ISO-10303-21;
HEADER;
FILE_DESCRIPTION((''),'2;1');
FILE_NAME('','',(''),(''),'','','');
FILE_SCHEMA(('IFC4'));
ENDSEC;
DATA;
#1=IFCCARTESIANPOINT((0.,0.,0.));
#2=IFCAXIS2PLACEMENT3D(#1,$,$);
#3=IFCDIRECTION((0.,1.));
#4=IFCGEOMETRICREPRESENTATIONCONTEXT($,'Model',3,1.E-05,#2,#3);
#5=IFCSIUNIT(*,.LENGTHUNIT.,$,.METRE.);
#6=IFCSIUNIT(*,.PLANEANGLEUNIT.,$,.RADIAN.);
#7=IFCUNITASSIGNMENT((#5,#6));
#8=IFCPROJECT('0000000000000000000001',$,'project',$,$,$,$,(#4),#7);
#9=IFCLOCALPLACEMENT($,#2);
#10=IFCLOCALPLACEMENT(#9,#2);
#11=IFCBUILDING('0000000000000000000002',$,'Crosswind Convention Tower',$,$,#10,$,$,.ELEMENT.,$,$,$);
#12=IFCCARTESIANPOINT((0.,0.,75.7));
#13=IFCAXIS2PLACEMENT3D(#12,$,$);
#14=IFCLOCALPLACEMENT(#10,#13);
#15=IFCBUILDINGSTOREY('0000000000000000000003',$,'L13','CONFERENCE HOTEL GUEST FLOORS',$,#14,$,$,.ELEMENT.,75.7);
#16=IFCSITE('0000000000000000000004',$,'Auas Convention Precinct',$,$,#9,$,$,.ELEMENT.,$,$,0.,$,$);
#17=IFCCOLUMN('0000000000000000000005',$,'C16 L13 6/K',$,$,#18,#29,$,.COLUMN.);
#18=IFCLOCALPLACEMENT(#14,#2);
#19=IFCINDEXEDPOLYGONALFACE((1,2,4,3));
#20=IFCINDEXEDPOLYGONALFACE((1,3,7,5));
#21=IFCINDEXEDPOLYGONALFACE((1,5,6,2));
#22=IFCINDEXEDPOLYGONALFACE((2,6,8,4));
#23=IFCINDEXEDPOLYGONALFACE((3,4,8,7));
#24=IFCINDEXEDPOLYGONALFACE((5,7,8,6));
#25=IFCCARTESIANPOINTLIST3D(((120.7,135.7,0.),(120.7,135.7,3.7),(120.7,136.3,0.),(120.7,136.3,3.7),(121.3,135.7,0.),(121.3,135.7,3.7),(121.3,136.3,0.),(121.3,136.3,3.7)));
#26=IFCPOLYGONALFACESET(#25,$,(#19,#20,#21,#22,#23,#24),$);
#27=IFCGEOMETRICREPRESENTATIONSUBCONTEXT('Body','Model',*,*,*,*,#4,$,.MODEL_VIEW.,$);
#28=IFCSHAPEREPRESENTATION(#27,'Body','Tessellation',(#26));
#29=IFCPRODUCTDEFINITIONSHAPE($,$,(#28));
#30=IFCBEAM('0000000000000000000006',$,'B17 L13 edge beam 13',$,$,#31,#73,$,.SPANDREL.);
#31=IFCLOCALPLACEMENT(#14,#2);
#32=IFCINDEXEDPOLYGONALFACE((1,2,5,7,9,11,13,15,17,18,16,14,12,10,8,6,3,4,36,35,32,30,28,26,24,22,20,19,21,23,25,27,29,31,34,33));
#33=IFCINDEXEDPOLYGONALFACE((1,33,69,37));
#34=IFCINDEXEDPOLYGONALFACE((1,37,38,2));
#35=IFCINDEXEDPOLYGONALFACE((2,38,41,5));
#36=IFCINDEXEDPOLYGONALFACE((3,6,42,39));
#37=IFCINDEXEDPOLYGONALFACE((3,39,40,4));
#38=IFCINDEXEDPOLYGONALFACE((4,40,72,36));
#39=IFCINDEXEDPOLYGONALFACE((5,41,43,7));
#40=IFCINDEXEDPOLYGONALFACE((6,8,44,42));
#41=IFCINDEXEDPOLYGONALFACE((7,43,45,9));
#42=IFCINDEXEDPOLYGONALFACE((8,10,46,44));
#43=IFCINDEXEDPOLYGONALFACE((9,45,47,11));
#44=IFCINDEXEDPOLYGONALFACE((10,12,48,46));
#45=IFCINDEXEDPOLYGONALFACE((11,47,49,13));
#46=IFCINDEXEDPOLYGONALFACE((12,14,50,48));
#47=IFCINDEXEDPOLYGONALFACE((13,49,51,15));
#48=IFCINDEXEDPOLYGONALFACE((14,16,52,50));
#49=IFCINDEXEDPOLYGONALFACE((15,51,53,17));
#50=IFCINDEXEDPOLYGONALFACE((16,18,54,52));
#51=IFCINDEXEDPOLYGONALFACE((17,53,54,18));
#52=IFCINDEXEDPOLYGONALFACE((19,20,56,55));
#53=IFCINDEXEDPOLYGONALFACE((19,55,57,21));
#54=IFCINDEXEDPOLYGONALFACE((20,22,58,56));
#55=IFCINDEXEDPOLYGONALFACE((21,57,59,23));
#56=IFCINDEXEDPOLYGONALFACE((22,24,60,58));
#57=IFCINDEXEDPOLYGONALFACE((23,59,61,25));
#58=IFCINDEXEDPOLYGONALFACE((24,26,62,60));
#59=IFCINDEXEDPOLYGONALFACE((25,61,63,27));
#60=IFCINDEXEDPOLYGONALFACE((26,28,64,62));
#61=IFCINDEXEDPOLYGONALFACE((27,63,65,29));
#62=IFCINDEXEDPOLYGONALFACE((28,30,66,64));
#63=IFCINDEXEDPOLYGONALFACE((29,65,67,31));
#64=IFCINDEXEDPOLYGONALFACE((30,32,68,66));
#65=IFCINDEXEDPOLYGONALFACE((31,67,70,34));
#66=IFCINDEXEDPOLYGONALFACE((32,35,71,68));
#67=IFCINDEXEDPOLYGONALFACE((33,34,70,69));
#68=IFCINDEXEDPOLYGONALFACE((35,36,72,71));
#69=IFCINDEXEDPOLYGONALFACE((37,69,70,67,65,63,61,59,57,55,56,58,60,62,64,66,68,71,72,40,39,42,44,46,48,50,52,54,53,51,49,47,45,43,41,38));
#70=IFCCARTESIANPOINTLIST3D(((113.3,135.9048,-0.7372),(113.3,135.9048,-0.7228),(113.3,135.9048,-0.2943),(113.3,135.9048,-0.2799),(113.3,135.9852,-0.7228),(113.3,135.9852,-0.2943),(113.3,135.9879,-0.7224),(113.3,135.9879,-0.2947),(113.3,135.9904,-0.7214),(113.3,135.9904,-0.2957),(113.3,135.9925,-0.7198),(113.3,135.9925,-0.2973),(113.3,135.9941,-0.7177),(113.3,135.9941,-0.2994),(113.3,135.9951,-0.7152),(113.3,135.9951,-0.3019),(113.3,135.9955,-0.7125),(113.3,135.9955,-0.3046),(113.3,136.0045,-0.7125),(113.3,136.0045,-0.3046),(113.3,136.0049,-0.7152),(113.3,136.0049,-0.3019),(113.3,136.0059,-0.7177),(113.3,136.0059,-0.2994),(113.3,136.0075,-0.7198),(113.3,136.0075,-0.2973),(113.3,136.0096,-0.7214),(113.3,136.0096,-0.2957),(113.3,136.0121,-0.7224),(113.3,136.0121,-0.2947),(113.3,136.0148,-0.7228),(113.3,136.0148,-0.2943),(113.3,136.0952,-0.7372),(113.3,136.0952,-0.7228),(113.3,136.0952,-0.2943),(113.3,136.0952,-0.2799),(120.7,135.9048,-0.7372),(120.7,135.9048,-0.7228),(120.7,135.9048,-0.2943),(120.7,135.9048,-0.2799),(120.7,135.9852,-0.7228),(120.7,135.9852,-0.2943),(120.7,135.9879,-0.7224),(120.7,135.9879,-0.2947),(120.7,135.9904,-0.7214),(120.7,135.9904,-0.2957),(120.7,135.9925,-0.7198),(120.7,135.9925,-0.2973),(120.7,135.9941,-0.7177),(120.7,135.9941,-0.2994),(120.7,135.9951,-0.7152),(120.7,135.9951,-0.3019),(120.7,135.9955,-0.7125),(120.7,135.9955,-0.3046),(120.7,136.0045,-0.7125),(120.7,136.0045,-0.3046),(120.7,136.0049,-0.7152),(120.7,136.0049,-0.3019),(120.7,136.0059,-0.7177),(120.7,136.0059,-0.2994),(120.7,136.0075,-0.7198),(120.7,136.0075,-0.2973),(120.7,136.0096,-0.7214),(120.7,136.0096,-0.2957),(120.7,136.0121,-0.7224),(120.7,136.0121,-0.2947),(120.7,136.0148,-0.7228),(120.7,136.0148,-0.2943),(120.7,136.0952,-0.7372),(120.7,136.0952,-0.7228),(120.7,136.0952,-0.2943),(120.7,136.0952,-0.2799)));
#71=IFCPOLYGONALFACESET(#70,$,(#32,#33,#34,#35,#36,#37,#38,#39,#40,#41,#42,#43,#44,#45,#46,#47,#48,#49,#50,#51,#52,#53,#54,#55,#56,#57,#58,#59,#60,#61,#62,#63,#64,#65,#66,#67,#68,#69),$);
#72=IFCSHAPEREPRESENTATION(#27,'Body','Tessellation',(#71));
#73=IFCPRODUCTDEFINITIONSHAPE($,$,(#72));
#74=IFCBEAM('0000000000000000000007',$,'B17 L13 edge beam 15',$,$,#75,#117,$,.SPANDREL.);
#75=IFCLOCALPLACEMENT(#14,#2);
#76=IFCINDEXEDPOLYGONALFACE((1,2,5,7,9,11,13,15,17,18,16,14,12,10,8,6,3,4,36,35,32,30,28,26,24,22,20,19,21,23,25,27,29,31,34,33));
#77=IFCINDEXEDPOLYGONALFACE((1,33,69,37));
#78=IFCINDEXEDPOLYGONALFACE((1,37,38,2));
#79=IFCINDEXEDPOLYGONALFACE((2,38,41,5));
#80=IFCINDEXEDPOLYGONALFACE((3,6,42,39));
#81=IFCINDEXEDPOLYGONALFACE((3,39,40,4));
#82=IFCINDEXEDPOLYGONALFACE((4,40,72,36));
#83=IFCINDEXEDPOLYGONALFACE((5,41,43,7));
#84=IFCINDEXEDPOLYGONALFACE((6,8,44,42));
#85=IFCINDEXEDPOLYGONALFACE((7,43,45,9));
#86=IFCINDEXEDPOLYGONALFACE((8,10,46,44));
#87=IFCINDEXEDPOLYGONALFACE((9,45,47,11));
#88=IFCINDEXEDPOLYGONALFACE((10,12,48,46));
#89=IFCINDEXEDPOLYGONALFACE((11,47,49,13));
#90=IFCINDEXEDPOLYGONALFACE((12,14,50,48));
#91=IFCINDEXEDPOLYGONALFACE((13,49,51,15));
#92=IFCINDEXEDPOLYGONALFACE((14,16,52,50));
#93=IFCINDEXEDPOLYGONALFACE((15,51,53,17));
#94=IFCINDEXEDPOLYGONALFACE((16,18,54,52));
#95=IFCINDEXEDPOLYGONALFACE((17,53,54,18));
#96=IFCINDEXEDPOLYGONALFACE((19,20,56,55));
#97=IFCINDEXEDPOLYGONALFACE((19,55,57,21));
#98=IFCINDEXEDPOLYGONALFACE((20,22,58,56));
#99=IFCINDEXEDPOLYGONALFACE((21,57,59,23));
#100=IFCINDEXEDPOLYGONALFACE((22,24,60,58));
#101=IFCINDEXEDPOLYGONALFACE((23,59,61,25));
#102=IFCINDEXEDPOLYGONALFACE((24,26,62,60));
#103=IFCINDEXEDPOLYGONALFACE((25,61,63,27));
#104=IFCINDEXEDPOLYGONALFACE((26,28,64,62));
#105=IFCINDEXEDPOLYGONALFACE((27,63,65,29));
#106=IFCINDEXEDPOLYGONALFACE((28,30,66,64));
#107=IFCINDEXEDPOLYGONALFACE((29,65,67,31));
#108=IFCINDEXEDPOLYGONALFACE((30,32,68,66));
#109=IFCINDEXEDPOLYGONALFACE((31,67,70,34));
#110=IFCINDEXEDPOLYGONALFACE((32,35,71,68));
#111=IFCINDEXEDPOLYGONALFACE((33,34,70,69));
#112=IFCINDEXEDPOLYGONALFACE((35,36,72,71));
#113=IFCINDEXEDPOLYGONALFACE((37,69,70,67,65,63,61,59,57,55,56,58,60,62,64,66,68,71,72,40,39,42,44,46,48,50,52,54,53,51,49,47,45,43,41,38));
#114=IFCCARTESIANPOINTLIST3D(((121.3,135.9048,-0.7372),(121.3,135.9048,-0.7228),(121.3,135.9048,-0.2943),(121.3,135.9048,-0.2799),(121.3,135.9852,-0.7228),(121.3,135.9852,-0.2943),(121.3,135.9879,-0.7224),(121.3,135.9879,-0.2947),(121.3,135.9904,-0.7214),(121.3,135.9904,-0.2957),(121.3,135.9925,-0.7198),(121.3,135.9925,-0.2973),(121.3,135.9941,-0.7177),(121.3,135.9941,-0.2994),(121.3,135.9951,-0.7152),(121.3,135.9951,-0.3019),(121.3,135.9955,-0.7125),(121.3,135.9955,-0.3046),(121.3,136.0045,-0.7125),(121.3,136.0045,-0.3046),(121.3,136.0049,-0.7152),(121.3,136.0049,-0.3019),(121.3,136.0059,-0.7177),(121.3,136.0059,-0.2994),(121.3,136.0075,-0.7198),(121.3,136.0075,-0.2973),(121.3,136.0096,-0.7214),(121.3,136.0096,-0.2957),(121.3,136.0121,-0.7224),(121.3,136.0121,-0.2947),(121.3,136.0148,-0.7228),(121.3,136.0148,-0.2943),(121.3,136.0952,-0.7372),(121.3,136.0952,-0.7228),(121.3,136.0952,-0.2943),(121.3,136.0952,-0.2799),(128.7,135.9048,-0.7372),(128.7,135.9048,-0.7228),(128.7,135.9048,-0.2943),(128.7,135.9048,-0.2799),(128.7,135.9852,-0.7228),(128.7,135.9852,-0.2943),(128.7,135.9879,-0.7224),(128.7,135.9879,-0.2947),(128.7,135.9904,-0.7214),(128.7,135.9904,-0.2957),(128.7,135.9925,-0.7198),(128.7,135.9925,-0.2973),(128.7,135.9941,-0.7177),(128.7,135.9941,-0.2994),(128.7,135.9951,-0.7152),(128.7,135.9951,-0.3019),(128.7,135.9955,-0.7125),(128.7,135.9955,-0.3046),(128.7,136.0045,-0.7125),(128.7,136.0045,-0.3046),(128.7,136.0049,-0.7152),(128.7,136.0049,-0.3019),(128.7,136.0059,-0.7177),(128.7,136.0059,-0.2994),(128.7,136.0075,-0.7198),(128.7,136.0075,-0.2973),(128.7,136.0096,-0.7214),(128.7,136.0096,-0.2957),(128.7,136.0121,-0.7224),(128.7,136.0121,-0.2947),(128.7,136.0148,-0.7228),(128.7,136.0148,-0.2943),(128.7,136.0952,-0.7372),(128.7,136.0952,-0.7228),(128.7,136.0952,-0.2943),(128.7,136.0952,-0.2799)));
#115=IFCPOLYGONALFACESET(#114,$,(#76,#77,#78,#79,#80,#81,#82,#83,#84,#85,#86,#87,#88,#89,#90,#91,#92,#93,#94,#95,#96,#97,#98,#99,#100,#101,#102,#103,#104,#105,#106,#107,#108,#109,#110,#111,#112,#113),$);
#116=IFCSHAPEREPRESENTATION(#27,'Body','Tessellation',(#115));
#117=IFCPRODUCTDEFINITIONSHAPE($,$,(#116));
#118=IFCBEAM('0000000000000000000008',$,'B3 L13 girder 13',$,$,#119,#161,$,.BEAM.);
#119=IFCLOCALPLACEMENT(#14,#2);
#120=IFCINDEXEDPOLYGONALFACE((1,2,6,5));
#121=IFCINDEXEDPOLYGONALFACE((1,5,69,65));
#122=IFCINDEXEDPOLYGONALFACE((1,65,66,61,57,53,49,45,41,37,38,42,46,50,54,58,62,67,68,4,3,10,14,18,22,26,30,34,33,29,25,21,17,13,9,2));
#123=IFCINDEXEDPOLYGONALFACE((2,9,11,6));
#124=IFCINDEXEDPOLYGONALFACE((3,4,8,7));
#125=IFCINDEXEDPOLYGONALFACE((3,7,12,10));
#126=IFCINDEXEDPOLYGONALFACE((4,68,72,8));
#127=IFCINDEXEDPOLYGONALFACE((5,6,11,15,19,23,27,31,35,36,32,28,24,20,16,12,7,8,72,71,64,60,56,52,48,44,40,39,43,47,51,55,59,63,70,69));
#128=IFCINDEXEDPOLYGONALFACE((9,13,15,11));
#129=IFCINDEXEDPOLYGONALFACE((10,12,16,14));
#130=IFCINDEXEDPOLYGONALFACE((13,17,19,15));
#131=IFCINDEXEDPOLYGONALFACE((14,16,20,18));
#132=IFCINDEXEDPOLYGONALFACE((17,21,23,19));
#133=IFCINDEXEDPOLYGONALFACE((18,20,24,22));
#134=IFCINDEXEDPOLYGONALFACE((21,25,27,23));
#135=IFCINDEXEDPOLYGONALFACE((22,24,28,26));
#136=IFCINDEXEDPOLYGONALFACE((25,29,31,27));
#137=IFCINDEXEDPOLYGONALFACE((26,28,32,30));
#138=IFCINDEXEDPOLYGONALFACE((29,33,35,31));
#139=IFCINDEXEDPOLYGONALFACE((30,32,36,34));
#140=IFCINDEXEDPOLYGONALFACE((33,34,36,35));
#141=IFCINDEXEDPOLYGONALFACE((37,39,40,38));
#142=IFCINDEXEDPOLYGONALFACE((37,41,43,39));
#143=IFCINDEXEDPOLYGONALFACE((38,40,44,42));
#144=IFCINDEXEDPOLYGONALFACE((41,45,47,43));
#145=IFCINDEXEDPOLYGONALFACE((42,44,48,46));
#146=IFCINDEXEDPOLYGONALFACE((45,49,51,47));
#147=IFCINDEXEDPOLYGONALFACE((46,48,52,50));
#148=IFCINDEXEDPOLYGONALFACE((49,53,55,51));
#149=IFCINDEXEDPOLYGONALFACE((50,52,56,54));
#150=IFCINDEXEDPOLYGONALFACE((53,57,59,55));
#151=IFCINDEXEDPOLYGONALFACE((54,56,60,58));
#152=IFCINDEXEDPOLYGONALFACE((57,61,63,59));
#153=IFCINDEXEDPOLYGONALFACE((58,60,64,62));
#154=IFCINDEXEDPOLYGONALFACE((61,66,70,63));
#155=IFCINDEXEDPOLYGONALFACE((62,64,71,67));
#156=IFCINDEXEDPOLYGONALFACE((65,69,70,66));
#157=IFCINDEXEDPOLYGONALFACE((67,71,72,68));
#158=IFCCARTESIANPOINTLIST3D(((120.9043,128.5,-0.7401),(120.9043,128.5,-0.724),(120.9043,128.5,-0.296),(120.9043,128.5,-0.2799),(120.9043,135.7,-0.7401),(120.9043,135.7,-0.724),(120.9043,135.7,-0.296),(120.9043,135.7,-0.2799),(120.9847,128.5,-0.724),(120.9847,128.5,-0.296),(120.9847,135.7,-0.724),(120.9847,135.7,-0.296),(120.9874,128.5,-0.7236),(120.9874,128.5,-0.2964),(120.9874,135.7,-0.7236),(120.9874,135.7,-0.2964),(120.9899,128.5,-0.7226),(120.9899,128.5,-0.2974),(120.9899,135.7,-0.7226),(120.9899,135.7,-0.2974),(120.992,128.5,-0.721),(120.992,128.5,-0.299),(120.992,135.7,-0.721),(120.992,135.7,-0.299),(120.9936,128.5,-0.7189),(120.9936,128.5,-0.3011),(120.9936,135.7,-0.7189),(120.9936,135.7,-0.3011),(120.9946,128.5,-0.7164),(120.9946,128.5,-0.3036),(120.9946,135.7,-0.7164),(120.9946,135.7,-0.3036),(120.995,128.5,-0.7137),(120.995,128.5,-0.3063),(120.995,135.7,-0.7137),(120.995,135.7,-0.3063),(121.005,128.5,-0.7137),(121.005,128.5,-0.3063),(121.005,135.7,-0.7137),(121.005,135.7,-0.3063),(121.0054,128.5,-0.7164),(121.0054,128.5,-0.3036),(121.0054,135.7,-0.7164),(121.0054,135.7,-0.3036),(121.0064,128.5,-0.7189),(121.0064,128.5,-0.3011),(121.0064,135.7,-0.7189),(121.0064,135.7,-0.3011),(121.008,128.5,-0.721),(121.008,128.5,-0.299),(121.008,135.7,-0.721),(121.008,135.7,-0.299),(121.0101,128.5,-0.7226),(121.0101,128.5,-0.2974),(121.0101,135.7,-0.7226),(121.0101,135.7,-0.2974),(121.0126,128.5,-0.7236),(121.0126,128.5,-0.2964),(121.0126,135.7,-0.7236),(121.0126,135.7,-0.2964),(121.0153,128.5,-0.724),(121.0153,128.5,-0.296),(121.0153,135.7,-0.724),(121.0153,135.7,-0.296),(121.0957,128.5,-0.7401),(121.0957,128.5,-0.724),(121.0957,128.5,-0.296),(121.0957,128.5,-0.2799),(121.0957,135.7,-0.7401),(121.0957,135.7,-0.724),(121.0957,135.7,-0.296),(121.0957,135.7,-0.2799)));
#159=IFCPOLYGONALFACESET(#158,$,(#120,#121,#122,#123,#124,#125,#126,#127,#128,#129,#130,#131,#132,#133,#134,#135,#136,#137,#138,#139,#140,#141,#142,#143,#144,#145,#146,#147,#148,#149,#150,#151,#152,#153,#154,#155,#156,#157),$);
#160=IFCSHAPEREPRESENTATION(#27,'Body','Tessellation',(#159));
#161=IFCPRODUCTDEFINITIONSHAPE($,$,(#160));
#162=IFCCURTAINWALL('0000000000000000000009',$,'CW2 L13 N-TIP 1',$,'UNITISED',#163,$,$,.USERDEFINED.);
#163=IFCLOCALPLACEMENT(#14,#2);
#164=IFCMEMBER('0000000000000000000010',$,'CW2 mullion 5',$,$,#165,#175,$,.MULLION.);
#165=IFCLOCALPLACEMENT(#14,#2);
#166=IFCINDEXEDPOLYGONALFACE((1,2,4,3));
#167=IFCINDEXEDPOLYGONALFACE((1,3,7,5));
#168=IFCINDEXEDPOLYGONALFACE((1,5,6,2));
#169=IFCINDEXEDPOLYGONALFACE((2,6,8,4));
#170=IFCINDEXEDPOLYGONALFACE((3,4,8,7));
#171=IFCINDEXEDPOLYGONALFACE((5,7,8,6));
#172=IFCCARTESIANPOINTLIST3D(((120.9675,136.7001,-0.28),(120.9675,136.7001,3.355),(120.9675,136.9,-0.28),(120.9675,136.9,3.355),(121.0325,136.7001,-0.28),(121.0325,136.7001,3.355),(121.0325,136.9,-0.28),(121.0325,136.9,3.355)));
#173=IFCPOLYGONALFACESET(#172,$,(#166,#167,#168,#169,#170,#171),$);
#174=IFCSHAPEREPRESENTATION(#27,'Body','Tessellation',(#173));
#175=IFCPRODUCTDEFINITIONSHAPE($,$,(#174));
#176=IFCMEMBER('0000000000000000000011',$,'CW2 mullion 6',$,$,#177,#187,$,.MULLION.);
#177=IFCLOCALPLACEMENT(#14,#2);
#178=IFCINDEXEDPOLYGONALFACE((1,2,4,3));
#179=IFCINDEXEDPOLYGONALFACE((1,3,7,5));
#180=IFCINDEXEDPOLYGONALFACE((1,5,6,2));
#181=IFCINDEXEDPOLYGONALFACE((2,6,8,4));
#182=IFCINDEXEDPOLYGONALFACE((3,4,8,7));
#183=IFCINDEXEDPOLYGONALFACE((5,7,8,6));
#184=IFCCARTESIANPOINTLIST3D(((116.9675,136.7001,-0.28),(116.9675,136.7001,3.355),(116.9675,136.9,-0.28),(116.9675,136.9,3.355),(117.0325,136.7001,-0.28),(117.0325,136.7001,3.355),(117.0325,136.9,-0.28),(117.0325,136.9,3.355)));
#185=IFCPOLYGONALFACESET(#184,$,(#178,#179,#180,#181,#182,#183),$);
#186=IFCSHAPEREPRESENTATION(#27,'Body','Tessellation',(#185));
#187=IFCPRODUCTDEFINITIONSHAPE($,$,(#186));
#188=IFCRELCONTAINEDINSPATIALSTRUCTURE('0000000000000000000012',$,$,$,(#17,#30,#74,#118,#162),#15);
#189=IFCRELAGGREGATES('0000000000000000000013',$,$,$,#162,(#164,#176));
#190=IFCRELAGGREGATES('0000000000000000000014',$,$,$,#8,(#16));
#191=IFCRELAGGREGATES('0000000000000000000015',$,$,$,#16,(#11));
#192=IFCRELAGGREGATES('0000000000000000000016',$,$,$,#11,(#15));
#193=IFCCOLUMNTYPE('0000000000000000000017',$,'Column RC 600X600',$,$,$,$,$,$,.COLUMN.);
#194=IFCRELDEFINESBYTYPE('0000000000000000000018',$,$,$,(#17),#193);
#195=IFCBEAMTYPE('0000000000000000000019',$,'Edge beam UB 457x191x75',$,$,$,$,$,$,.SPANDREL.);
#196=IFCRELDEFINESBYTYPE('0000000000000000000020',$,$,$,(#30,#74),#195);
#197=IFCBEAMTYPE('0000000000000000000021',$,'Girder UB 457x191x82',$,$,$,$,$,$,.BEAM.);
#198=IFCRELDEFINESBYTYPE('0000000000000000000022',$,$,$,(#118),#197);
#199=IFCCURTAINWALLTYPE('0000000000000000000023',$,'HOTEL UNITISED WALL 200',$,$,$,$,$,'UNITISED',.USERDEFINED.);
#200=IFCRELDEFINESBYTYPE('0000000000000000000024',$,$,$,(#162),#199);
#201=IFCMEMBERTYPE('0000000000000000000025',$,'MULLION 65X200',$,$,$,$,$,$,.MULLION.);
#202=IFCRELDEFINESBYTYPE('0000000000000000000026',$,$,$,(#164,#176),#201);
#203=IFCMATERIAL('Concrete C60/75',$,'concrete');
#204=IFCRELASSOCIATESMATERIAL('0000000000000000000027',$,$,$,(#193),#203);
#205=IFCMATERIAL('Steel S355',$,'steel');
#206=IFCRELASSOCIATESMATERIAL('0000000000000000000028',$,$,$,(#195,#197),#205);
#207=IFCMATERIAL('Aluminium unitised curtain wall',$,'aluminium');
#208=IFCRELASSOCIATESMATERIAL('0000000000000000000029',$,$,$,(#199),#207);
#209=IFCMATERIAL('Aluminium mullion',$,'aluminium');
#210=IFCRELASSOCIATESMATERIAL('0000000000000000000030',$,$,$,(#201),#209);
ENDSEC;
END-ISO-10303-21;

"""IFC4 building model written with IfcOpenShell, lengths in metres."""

from ifc_helpers import new_model, si_unit, direction, frame, origin, origin_2d, place, context, subcontext, project, spatial, rectangle, i_section, extrude, material, material_profile, profile_set, type_object, element, aggregate, save


model = new_model("IFC4")

# Units and contexts
model_context = context("Model", 3, precision=1e-05, world=origin(), true_north=direction((0.0, 1.0)))
body_context = subcontext(model_context, "Body", "Model", "MODEL_VIEW")
ifc_project = project(units=[si_unit("LENGTHUNIT", "METRE"), si_unit("PLANEANGLEUNIT", "RADIAN")], contexts=[model_context])

# Site, building, storey
site_placement = place(None, origin())
site = spatial("IfcSite", under=ifc_project, at=site_placement, Name="Auas Convention Precinct", CompositionType="ELEMENT", RefElevation=0.0)
building_placement = place(site_placement, origin())
building = spatial("IfcBuilding", under=site, at=building_placement, Name="Crosswind Convention Tower", CompositionType="ELEMENT")
storey_placement = place(building_placement, frame((0.0, 0.0, 75.7)))
storey = spatial("IfcBuildingStorey", under=building, at=storey_placement, Name="L13", Description="CONFERENCE HOTEL GUEST FLOORS", CompositionType="ELEMENT", Elevation=75.7)

# Column
ifc_material_1 = material(Name="Concrete C60/75", Category="concrete")
ifc_material_profile_1 = material_profile(ifc_material_1, rectangle(XDim=0.6001, YDim=0.6001, at=origin_2d()), Name="RC 600X600")
ifc_profile_set_1 = profile_set([ifc_material_profile_1], Name="Concrete C60/75")
column_type = type_object("IfcColumnType", Name="Column RC 600X600", PredefinedType="COLUMN", material=ifc_profile_set_1)
column_placement = place(storey_placement, frame((121.0, 136.0, 0.0), z_axis=(0.0, 0.0, 1.0), x_axis=(1.0, 0.0, 0.0)))
element("IfcColumn", 1, at=column_placement, inside=storey, type_object=column_type, Name="C16 L13 6/K", PredefinedType="COLUMN", context=body_context, shape_type="SweptSolid", body=[
    extrude(rectangle(XDim=0.6001, YDim=0.6001, at=origin_2d()), origin(), (0.0, 0.0, 1.0), 3.7),
])

# Beams
ifc_material_2 = material(Name="Steel S355", Category="steel")
ifc_material_profile_2 = material_profile(ifc_material_2, i_section(OverallWidth=0.1904, OverallDepth=0.4573, WebThickness=0.009, FlangeThickness=0.0144, FilletRadius=0.0103, at=origin_2d()), Name="UB 457x191x75")
ifc_profile_set_2 = profile_set([ifc_material_profile_2], Name="Steel S355")
beam_type_1 = type_object("IfcBeamType", Name="Edge beam UB 457x191x75", PredefinedType="SPANDREL", material=ifc_profile_set_2)
for number, where, z_axis, x_axis, name in (
    (2, (113.3, 136.0, -0.5085), (1.0, 0.0, 0.0), (0.0, 1.0, 0.0), "B17 L13 edge beam 13"),
    (3, (121.3, 136.0, -0.5085), (1.0, 0.0, 0.0), (0.0, 1.0, 0.0), "B17 L13 edge beam 15"),
):
    element("IfcBeam", number, at=place(storey_placement, frame(where, z_axis=z_axis, x_axis=x_axis)), inside=storey, type_object=beam_type_1, Name=name, PredefinedType="SPANDREL", context=body_context, shape_type="SweptSolid", body=[
        extrude(i_section(OverallWidth=0.1904, OverallDepth=0.4573, WebThickness=0.009, FlangeThickness=0.0144, FilletRadius=0.0103, at=origin_2d()), origin(), (0.0, 0.0, 1.0), 7.3999),
    ])
ifc_material_profile_3 = material_profile(ifc_material_2, i_section(OverallWidth=0.1914, OverallDepth=0.4602, WebThickness=0.01, FlangeThickness=0.0161, FilletRadius=0.0103, at=origin_2d()), Name="UB 457x191x82")
ifc_profile_set_3 = profile_set([ifc_material_profile_3], Name="Steel S355")
beam_type_2 = type_object("IfcBeamType", Name="Girder UB 457x191x82", PredefinedType="BEAM", material=ifc_profile_set_3)
beam_1_placement = place(storey_placement, frame((121.0, 128.5, -0.51), z_axis=(0.0, 1.0, 0.0), x_axis=(-1.0, 0.0, 0.0)))
element("IfcBeam", 4, at=beam_1_placement, inside=storey, type_object=beam_type_2, Name="B3 L13 girder 13", PredefinedType="BEAM", context=body_context, shape_type="SweptSolid", body=[
    extrude(i_section(OverallWidth=0.1914, OverallDepth=0.4602, WebThickness=0.01, FlangeThickness=0.0161, FilletRadius=0.0103, at=origin_2d()), origin(), (0.0, 0.0, 1.0), 7.2),
])

# Curtain wall, members
ifc_material_3 = material(Name="Aluminium unitised curtain wall", Category="aluminium")
curtain_wall_type = type_object("IfcCurtainWallType", Name="HOTEL UNITISED WALL 200", ElementType="UNITISED", PredefinedType="USERDEFINED", material=ifc_material_3)
curtain_wall_placement = place(storey_placement, origin())
curtain_wall = element("IfcCurtainWall", 5, at=curtain_wall_placement, inside=storey, type_object=curtain_wall_type, Name="CW2 L13 N-TIP 1", ObjectType="UNITISED", PredefinedType="USERDEFINED")
ifc_material_4 = material(Name="Aluminium mullion", Category="aluminium")
ifc_material_profile_4 = material_profile(ifc_material_4, rectangle(XDim=0.2, YDim=0.0649, at=origin_2d()), Name="AL 200X65")
ifc_profile_set_4 = profile_set([ifc_material_profile_4], Name="Aluminium mullion")
member_type = type_object("IfcMemberType", Name="MULLION 65X200", PredefinedType="MULLION", material=ifc_profile_set_4)
member_1_placement = place(storey_placement, frame((121.0, 136.8, -0.28), z_axis=(0.0, 0.0, 1.0), x_axis=(0.0, 1.0, 0.0)))
member_1 = element("IfcMember", 6, at=member_1_placement, type_object=member_type, Name="CW2 mullion 5", PredefinedType="MULLION", context=body_context, shape_type="SweptSolid", body=[
    extrude(rectangle(XDim=0.2, YDim=0.0649, at=origin_2d()), origin(), (0.0, 0.0, 1.0), 3.635),
])
member_2_placement = place(storey_placement, frame((117.0, 136.8, -0.28), z_axis=(0.0, 0.0, 1.0), x_axis=(0.0, 1.0, 0.0)))
member_2 = element("IfcMember", 7, at=member_2_placement, type_object=member_type, Name="CW2 mullion 6", PredefinedType="MULLION", context=body_context, shape_type="SweptSolid", body=[
    extrude(rectangle(XDim=0.2, YDim=0.0649, at=origin_2d()), origin(), (0.0, 0.0, 1.0), 3.635),
])

aggregate(curtain_wall, [member_1, member_2])

save(model, "model.ifc")
